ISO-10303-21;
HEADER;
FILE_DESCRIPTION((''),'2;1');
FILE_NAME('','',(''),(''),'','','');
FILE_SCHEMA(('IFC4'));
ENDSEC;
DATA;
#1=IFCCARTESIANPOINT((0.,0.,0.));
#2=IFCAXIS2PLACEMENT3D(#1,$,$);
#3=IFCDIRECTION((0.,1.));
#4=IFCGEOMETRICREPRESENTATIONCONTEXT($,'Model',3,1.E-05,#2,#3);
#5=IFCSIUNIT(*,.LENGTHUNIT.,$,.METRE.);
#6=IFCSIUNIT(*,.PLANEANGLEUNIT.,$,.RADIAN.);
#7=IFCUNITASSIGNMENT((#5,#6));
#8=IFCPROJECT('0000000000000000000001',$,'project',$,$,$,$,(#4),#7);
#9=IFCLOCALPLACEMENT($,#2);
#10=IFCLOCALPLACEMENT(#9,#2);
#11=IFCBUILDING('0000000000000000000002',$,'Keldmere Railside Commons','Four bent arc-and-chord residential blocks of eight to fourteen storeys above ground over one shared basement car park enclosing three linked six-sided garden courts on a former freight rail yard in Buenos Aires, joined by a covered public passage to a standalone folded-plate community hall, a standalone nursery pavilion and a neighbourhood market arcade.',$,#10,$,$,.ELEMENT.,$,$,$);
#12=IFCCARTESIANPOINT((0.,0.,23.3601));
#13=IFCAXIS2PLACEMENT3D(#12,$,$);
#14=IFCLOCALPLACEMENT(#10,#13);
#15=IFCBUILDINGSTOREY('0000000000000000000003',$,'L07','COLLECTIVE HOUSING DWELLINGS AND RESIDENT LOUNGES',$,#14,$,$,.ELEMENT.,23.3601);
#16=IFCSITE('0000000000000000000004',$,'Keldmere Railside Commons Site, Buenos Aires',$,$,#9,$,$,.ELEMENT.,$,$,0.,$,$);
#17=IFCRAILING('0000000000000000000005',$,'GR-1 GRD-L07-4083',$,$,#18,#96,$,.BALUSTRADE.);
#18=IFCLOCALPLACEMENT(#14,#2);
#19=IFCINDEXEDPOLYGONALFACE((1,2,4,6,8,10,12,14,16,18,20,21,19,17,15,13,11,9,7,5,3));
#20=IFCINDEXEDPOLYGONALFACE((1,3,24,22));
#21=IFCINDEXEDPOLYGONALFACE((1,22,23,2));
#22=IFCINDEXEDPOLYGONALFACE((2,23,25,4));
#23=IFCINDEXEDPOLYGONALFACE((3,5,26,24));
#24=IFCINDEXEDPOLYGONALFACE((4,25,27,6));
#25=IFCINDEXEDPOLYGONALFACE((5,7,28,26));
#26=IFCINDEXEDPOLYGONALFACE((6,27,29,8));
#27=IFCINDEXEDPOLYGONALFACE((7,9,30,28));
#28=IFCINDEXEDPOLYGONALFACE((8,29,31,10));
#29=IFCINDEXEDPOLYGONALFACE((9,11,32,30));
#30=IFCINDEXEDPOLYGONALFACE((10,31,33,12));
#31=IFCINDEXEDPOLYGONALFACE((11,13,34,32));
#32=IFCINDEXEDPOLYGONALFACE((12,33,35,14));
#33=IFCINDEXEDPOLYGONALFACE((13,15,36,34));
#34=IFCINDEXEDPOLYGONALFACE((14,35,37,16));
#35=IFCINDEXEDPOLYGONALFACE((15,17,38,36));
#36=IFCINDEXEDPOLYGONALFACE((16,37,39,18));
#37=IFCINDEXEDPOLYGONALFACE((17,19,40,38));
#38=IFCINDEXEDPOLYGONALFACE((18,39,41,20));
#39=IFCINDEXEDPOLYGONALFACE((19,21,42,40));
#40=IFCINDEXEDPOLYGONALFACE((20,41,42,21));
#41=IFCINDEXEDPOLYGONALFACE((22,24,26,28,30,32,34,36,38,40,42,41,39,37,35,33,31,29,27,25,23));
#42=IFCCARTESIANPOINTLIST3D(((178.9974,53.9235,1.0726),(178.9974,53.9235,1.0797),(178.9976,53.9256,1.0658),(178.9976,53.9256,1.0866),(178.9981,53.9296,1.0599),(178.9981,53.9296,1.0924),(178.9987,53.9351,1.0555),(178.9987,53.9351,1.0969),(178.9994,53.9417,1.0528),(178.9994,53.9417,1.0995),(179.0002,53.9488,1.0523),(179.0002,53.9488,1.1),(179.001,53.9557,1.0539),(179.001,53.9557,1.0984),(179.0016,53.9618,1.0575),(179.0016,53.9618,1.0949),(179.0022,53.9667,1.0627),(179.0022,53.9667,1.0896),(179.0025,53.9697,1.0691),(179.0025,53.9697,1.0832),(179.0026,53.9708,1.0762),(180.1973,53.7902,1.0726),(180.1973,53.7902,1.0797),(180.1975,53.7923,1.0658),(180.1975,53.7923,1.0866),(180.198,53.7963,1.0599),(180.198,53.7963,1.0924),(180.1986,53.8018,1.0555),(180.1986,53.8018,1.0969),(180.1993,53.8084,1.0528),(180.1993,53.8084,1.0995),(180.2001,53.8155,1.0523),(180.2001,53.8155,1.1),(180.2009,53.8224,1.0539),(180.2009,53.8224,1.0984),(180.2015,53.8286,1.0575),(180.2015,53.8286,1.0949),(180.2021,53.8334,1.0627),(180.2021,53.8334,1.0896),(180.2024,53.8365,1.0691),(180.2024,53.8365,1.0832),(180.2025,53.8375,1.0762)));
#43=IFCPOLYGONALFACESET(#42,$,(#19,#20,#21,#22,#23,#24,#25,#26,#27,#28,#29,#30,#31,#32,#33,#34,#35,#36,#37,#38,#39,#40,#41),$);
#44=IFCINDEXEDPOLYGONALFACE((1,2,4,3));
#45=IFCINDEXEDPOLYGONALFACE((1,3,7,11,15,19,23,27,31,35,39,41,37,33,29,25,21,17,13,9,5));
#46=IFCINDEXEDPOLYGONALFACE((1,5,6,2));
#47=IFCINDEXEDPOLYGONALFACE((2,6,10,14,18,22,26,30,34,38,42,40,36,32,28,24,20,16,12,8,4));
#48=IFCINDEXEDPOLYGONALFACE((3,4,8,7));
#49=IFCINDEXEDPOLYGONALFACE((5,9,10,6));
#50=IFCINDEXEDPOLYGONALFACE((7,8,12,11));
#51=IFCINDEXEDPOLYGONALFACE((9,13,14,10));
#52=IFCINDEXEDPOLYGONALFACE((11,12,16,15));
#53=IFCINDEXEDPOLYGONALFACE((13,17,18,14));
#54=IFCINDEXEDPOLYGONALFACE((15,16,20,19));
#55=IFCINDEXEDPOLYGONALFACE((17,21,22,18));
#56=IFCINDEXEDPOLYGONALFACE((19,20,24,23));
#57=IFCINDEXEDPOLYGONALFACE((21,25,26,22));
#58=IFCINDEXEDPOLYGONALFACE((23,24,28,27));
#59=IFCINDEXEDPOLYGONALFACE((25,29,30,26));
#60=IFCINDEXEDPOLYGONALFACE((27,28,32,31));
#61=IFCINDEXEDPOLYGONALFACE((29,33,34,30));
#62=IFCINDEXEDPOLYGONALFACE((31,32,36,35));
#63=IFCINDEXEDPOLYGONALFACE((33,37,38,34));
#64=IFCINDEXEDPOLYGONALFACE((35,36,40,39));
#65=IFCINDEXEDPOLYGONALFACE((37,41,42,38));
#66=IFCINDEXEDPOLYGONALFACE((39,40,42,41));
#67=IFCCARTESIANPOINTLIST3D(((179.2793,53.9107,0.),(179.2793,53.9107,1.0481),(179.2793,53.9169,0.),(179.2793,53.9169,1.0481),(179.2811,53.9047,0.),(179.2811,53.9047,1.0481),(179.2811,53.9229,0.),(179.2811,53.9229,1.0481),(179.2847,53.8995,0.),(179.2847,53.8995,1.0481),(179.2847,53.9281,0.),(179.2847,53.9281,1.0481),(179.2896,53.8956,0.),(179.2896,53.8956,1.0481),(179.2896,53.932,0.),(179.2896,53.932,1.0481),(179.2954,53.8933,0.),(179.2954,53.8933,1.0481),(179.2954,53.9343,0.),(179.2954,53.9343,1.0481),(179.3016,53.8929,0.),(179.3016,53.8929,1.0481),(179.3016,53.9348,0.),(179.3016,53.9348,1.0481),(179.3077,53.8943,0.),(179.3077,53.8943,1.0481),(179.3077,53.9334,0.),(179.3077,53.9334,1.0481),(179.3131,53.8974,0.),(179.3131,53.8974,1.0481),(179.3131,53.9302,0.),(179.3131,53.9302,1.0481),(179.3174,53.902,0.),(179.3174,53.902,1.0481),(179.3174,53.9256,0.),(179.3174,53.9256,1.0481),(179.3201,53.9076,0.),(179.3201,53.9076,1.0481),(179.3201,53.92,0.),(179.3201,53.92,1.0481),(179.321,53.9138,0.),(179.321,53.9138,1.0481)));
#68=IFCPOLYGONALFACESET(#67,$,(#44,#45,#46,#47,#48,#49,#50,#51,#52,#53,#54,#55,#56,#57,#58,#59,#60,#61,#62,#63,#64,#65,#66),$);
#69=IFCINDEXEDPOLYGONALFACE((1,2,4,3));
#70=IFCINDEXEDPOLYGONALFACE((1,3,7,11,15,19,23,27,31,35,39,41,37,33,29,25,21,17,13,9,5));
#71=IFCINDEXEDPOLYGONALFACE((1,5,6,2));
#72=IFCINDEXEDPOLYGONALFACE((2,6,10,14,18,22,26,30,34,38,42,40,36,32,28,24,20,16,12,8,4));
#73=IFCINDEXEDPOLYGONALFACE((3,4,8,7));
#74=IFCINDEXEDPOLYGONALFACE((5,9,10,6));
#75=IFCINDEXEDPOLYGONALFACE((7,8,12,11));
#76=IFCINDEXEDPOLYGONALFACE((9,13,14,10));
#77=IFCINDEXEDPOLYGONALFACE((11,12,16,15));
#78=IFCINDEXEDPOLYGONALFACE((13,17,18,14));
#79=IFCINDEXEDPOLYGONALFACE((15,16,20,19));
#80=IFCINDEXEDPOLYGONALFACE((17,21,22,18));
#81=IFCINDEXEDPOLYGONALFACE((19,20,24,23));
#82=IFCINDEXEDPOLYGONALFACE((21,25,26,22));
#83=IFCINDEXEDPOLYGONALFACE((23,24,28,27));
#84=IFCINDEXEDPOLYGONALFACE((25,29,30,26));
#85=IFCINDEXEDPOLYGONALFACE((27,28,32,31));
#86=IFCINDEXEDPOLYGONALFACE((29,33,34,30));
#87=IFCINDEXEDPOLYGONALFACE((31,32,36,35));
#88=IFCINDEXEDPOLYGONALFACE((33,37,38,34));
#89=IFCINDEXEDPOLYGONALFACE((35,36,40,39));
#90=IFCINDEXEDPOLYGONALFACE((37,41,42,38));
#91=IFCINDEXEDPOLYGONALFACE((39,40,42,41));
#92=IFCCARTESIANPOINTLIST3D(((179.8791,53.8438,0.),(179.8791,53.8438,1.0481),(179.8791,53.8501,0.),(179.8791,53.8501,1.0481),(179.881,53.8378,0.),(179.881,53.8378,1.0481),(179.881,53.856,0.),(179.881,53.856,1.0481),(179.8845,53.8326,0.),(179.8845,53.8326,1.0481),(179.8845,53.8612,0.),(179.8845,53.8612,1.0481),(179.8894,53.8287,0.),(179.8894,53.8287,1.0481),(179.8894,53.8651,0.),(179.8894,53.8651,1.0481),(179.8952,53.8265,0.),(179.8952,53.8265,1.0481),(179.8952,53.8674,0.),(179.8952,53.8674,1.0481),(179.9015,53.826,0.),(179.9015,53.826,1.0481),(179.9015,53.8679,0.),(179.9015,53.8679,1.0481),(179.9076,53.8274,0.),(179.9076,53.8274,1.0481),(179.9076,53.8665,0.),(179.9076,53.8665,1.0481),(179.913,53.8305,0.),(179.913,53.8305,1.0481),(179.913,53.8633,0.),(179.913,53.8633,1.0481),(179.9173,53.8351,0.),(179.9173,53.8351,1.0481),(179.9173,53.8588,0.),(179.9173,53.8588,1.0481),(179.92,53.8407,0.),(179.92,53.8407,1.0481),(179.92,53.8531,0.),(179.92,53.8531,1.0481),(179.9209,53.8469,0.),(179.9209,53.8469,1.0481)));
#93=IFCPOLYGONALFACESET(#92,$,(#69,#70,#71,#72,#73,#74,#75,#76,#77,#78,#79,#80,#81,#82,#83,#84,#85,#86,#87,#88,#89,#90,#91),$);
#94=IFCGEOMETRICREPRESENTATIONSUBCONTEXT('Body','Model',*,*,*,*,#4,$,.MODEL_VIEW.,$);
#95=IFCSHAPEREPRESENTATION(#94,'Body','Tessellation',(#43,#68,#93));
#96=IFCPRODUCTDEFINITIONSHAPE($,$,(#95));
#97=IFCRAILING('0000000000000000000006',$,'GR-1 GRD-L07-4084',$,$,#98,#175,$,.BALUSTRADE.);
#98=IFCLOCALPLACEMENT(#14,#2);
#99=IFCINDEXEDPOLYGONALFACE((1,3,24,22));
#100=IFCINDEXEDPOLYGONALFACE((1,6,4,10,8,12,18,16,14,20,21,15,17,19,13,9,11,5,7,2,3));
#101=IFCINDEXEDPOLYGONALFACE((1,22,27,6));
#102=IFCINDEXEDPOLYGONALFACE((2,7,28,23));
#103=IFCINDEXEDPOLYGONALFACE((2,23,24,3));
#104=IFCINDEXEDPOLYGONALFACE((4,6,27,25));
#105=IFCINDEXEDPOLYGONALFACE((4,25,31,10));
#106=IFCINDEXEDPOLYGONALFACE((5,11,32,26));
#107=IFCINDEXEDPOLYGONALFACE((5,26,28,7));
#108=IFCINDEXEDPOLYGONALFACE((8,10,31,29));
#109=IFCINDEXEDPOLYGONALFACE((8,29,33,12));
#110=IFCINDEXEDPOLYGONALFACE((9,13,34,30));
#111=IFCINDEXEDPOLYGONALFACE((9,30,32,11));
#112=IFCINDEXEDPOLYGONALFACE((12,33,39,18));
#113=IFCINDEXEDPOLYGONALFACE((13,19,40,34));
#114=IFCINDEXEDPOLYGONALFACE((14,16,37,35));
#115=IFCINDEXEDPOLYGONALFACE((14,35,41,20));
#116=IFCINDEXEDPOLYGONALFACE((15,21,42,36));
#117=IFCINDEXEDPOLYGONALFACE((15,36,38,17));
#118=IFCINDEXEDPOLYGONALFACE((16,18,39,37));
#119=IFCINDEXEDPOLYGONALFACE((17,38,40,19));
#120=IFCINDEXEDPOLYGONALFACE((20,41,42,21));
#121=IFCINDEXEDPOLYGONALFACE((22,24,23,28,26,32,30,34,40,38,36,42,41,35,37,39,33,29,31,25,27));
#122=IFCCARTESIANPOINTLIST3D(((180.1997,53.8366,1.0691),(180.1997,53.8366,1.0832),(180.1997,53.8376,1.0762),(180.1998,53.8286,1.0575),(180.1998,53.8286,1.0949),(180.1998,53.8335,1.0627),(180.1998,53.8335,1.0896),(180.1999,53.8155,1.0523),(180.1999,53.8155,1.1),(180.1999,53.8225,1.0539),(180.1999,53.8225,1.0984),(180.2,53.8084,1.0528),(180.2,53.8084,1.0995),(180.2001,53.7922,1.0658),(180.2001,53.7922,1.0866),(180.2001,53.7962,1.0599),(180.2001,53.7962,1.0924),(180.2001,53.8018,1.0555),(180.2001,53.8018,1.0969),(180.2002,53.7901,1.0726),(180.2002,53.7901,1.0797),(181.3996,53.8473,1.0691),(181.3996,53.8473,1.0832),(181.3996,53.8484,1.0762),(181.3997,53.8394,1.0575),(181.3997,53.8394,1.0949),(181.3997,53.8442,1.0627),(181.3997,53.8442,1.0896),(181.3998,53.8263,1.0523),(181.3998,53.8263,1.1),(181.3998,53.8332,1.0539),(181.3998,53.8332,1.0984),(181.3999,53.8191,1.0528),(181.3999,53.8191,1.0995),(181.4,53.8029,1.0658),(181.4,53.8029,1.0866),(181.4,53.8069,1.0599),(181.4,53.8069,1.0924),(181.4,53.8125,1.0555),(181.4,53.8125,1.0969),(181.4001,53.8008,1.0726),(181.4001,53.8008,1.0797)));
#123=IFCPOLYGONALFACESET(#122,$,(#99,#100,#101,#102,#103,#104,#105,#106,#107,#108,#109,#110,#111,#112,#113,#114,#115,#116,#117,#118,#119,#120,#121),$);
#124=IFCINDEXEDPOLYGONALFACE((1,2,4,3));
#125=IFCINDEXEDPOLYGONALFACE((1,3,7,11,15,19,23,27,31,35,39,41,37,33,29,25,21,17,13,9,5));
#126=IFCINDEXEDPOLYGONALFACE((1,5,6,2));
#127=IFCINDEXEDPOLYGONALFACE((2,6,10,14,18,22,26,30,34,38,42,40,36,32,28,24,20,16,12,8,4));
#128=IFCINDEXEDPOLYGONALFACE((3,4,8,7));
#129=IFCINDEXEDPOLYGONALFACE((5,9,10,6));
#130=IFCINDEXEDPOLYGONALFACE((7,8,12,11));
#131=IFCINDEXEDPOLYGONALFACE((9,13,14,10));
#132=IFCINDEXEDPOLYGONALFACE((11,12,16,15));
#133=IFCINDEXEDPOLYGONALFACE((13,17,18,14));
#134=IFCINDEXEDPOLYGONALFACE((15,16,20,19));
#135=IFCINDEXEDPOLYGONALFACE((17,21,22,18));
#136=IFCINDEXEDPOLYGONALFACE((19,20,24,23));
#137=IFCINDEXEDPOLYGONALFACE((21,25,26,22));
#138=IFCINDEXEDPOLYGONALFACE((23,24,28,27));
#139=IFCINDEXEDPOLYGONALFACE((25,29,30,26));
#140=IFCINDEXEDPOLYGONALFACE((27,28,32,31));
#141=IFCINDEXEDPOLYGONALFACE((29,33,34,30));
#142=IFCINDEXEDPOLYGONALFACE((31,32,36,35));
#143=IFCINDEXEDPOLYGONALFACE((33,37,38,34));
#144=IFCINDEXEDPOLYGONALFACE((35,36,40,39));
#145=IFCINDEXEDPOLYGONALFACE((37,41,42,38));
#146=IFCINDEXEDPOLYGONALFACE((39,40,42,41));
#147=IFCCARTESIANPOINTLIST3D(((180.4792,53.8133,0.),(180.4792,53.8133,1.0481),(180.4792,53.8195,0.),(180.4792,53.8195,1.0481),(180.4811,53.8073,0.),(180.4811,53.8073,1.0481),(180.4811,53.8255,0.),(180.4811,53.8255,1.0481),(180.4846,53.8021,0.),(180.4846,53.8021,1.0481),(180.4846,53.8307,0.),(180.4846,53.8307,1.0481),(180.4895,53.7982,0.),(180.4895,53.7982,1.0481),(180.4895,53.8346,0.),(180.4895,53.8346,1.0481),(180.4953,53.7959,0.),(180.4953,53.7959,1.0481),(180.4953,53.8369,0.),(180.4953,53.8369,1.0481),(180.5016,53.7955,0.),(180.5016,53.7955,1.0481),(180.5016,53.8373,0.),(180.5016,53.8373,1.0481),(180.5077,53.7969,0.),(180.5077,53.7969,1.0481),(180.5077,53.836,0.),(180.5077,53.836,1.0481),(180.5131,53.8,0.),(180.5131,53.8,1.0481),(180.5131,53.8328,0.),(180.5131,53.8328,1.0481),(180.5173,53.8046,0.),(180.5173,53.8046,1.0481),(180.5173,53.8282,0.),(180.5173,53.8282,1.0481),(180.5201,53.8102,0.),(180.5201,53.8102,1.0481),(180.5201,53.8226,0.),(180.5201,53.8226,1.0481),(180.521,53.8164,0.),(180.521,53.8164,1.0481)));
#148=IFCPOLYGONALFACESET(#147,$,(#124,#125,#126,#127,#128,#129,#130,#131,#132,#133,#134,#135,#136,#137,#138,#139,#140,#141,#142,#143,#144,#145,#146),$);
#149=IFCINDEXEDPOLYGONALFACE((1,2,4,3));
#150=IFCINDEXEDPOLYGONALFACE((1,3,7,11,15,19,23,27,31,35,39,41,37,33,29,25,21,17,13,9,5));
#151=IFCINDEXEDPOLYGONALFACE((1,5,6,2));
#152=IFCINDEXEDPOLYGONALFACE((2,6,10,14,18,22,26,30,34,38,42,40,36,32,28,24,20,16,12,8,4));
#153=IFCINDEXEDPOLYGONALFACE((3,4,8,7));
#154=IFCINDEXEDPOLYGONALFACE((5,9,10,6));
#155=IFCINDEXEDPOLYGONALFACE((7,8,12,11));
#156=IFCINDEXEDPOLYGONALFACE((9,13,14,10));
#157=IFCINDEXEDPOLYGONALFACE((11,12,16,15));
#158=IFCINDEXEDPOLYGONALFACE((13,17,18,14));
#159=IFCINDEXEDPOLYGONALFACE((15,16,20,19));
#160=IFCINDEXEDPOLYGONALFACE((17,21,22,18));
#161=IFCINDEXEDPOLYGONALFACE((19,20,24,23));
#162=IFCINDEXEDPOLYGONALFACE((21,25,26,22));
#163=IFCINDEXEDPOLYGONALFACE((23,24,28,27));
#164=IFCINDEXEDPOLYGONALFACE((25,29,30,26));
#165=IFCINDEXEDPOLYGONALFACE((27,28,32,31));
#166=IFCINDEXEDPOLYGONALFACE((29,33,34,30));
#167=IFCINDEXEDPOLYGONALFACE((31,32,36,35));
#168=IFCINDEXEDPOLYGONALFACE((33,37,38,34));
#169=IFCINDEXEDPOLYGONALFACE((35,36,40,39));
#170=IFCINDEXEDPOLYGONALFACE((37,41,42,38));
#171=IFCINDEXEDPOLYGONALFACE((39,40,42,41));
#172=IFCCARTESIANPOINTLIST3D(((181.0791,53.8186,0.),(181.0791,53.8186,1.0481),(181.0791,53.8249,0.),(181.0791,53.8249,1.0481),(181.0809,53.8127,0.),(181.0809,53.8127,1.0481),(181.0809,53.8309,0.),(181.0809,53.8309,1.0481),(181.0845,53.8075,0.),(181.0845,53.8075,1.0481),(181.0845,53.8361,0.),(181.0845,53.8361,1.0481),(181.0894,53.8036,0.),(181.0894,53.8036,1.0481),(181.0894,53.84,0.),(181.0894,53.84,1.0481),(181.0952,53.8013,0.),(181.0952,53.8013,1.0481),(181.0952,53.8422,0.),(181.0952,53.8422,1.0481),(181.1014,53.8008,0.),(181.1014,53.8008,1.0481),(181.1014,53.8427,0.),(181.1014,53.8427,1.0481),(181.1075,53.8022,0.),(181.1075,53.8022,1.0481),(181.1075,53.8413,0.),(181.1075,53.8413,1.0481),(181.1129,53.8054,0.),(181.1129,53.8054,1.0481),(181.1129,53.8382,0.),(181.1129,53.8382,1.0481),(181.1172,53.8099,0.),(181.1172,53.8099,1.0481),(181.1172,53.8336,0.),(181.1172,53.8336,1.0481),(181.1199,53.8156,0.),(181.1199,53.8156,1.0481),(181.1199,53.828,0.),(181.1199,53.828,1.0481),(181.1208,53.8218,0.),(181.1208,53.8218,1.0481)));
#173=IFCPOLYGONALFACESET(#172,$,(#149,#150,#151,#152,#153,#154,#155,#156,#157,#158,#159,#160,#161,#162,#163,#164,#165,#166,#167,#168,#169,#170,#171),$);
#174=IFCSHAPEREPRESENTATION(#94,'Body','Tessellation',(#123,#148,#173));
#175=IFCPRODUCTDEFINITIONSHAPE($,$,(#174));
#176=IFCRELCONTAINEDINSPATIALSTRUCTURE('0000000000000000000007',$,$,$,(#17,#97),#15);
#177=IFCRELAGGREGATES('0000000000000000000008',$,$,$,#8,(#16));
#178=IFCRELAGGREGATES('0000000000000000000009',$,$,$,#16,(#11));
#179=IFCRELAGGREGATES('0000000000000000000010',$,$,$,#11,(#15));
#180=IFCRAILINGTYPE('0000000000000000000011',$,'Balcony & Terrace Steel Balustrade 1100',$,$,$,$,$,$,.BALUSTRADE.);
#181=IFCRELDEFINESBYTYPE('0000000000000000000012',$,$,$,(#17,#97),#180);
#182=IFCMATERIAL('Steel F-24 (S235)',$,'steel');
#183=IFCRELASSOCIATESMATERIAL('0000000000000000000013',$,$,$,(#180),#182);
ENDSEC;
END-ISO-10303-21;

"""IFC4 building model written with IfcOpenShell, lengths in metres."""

from ifc_helpers import new_model, si_unit, direction, frame, origin, origin_2d, place, context, subcontext, project, spatial, circle, extrude, material, type_object, element, save


model = new_model("IFC4")

# Units and contexts
model_context = context("Model", 3, precision=1e-05, world=origin(), true_north=direction((0.0, 1.0)))
body_context = subcontext(model_context, "Body", "Model", "MODEL_VIEW")
ifc_project = project(units=[si_unit("LENGTHUNIT", "METRE"), si_unit("PLANEANGLEUNIT", "RADIAN")], contexts=[model_context])

# Site, building, storey
site_placement = place(None, origin())
site = spatial("IfcSite", under=ifc_project, at=site_placement, Name="Keldmere Railside Commons Site, Buenos Aires", CompositionType="ELEMENT", RefElevation=0.0)
building_placement = place(site_placement, origin())
building = spatial("IfcBuilding", under=site, at=building_placement, Name="Keldmere Railside Commons", Description="Four bent arc-and-chord residential blocks of eight to fourteen storeys above ground over one shared basement car park enclosing three linked six-sided garden courts on a former freight rail yard in Buenos Aires, joined by a covered public passage to a standalone folded-plate community hall, a standalone nursery pavilion and a neighbourhood market arcade.", CompositionType="ELEMENT")
storey_placement = place(building_placement, frame((0.0, 0.0, 23.3601)))
storey = spatial("IfcBuildingStorey", under=building, at=storey_placement, Name="L07", Description="COLLECTIVE HOUSING DWELLINGS AND RESIDENT LOUNGES", CompositionType="ELEMENT", Elevation=23.3601)

# Shared definitions
ifc_material_1 = material(Name="Steel F-24 (S235)", Category="steel")

# Railings
railing_type = type_object("IfcRailingType", Name="Balcony & Terrace Steel Balustrade 1100", PredefinedType="BALUSTRADE", material=ifc_material_1)
railing_1_placement = place(storey_placement, frame((179.0, 53.947, 0.0)))
element("IfcRailing", 1, at=railing_1_placement, inside=storey, type_object=railing_type, Name="GR-1 GRD-L07-4083", PredefinedType="BALUSTRADE", context=body_context, shape_type="SweptSolid", body=[
    extrude(circle(Radius=0.0239, at=origin_2d()), frame((0.0, 0.0, 1.0762), z_axis=(0.993886, -0.110409, 0.0), x_axis=(0.110409, 0.993886, 0.0)), (0.0, 0.0, 1.0), 1.2073),
    extrude(circle(Radius=0.021, at=origin_2d()), frame((0.3, -0.0332, 0.0)), (0.0, 0.0, 1.0), 1.0481),
    extrude(circle(Radius=0.021, at=origin_2d()), frame((0.8999, -0.1001, 0.0)), (0.0, 0.0, 1.0), 1.0481),
])
railing_2_placement = place(storey_placement, frame((180.2, 53.8137, 0.0)))
element("IfcRailing", 2, at=railing_2_placement, inside=storey, type_object=railing_type, Name="GR-1 GRD-L07-4084", PredefinedType="BALUSTRADE", context=body_context, shape_type="SweptSolid", body=[
    extrude(circle(Radius=0.0239, at=origin_2d()), frame((0.0, 0.0, 1.0762), z_axis=(0.99996, 0.008952, 0.0), x_axis=(-0.008952, 0.99996, 0.0)), (0.0, 0.0, 1.0), 1.2),
    extrude(circle(Radius=0.021, at=origin_2d()), frame((0.3, 0.0027, 0.0)), (0.0, 0.0, 1.0), 1.0481),
    extrude(circle(Radius=0.021, at=origin_2d()), frame((0.8999, 0.0081, 0.0)), (0.0, 0.0, 1.0), 1.0481),
])

save(model, "model.ifc")
